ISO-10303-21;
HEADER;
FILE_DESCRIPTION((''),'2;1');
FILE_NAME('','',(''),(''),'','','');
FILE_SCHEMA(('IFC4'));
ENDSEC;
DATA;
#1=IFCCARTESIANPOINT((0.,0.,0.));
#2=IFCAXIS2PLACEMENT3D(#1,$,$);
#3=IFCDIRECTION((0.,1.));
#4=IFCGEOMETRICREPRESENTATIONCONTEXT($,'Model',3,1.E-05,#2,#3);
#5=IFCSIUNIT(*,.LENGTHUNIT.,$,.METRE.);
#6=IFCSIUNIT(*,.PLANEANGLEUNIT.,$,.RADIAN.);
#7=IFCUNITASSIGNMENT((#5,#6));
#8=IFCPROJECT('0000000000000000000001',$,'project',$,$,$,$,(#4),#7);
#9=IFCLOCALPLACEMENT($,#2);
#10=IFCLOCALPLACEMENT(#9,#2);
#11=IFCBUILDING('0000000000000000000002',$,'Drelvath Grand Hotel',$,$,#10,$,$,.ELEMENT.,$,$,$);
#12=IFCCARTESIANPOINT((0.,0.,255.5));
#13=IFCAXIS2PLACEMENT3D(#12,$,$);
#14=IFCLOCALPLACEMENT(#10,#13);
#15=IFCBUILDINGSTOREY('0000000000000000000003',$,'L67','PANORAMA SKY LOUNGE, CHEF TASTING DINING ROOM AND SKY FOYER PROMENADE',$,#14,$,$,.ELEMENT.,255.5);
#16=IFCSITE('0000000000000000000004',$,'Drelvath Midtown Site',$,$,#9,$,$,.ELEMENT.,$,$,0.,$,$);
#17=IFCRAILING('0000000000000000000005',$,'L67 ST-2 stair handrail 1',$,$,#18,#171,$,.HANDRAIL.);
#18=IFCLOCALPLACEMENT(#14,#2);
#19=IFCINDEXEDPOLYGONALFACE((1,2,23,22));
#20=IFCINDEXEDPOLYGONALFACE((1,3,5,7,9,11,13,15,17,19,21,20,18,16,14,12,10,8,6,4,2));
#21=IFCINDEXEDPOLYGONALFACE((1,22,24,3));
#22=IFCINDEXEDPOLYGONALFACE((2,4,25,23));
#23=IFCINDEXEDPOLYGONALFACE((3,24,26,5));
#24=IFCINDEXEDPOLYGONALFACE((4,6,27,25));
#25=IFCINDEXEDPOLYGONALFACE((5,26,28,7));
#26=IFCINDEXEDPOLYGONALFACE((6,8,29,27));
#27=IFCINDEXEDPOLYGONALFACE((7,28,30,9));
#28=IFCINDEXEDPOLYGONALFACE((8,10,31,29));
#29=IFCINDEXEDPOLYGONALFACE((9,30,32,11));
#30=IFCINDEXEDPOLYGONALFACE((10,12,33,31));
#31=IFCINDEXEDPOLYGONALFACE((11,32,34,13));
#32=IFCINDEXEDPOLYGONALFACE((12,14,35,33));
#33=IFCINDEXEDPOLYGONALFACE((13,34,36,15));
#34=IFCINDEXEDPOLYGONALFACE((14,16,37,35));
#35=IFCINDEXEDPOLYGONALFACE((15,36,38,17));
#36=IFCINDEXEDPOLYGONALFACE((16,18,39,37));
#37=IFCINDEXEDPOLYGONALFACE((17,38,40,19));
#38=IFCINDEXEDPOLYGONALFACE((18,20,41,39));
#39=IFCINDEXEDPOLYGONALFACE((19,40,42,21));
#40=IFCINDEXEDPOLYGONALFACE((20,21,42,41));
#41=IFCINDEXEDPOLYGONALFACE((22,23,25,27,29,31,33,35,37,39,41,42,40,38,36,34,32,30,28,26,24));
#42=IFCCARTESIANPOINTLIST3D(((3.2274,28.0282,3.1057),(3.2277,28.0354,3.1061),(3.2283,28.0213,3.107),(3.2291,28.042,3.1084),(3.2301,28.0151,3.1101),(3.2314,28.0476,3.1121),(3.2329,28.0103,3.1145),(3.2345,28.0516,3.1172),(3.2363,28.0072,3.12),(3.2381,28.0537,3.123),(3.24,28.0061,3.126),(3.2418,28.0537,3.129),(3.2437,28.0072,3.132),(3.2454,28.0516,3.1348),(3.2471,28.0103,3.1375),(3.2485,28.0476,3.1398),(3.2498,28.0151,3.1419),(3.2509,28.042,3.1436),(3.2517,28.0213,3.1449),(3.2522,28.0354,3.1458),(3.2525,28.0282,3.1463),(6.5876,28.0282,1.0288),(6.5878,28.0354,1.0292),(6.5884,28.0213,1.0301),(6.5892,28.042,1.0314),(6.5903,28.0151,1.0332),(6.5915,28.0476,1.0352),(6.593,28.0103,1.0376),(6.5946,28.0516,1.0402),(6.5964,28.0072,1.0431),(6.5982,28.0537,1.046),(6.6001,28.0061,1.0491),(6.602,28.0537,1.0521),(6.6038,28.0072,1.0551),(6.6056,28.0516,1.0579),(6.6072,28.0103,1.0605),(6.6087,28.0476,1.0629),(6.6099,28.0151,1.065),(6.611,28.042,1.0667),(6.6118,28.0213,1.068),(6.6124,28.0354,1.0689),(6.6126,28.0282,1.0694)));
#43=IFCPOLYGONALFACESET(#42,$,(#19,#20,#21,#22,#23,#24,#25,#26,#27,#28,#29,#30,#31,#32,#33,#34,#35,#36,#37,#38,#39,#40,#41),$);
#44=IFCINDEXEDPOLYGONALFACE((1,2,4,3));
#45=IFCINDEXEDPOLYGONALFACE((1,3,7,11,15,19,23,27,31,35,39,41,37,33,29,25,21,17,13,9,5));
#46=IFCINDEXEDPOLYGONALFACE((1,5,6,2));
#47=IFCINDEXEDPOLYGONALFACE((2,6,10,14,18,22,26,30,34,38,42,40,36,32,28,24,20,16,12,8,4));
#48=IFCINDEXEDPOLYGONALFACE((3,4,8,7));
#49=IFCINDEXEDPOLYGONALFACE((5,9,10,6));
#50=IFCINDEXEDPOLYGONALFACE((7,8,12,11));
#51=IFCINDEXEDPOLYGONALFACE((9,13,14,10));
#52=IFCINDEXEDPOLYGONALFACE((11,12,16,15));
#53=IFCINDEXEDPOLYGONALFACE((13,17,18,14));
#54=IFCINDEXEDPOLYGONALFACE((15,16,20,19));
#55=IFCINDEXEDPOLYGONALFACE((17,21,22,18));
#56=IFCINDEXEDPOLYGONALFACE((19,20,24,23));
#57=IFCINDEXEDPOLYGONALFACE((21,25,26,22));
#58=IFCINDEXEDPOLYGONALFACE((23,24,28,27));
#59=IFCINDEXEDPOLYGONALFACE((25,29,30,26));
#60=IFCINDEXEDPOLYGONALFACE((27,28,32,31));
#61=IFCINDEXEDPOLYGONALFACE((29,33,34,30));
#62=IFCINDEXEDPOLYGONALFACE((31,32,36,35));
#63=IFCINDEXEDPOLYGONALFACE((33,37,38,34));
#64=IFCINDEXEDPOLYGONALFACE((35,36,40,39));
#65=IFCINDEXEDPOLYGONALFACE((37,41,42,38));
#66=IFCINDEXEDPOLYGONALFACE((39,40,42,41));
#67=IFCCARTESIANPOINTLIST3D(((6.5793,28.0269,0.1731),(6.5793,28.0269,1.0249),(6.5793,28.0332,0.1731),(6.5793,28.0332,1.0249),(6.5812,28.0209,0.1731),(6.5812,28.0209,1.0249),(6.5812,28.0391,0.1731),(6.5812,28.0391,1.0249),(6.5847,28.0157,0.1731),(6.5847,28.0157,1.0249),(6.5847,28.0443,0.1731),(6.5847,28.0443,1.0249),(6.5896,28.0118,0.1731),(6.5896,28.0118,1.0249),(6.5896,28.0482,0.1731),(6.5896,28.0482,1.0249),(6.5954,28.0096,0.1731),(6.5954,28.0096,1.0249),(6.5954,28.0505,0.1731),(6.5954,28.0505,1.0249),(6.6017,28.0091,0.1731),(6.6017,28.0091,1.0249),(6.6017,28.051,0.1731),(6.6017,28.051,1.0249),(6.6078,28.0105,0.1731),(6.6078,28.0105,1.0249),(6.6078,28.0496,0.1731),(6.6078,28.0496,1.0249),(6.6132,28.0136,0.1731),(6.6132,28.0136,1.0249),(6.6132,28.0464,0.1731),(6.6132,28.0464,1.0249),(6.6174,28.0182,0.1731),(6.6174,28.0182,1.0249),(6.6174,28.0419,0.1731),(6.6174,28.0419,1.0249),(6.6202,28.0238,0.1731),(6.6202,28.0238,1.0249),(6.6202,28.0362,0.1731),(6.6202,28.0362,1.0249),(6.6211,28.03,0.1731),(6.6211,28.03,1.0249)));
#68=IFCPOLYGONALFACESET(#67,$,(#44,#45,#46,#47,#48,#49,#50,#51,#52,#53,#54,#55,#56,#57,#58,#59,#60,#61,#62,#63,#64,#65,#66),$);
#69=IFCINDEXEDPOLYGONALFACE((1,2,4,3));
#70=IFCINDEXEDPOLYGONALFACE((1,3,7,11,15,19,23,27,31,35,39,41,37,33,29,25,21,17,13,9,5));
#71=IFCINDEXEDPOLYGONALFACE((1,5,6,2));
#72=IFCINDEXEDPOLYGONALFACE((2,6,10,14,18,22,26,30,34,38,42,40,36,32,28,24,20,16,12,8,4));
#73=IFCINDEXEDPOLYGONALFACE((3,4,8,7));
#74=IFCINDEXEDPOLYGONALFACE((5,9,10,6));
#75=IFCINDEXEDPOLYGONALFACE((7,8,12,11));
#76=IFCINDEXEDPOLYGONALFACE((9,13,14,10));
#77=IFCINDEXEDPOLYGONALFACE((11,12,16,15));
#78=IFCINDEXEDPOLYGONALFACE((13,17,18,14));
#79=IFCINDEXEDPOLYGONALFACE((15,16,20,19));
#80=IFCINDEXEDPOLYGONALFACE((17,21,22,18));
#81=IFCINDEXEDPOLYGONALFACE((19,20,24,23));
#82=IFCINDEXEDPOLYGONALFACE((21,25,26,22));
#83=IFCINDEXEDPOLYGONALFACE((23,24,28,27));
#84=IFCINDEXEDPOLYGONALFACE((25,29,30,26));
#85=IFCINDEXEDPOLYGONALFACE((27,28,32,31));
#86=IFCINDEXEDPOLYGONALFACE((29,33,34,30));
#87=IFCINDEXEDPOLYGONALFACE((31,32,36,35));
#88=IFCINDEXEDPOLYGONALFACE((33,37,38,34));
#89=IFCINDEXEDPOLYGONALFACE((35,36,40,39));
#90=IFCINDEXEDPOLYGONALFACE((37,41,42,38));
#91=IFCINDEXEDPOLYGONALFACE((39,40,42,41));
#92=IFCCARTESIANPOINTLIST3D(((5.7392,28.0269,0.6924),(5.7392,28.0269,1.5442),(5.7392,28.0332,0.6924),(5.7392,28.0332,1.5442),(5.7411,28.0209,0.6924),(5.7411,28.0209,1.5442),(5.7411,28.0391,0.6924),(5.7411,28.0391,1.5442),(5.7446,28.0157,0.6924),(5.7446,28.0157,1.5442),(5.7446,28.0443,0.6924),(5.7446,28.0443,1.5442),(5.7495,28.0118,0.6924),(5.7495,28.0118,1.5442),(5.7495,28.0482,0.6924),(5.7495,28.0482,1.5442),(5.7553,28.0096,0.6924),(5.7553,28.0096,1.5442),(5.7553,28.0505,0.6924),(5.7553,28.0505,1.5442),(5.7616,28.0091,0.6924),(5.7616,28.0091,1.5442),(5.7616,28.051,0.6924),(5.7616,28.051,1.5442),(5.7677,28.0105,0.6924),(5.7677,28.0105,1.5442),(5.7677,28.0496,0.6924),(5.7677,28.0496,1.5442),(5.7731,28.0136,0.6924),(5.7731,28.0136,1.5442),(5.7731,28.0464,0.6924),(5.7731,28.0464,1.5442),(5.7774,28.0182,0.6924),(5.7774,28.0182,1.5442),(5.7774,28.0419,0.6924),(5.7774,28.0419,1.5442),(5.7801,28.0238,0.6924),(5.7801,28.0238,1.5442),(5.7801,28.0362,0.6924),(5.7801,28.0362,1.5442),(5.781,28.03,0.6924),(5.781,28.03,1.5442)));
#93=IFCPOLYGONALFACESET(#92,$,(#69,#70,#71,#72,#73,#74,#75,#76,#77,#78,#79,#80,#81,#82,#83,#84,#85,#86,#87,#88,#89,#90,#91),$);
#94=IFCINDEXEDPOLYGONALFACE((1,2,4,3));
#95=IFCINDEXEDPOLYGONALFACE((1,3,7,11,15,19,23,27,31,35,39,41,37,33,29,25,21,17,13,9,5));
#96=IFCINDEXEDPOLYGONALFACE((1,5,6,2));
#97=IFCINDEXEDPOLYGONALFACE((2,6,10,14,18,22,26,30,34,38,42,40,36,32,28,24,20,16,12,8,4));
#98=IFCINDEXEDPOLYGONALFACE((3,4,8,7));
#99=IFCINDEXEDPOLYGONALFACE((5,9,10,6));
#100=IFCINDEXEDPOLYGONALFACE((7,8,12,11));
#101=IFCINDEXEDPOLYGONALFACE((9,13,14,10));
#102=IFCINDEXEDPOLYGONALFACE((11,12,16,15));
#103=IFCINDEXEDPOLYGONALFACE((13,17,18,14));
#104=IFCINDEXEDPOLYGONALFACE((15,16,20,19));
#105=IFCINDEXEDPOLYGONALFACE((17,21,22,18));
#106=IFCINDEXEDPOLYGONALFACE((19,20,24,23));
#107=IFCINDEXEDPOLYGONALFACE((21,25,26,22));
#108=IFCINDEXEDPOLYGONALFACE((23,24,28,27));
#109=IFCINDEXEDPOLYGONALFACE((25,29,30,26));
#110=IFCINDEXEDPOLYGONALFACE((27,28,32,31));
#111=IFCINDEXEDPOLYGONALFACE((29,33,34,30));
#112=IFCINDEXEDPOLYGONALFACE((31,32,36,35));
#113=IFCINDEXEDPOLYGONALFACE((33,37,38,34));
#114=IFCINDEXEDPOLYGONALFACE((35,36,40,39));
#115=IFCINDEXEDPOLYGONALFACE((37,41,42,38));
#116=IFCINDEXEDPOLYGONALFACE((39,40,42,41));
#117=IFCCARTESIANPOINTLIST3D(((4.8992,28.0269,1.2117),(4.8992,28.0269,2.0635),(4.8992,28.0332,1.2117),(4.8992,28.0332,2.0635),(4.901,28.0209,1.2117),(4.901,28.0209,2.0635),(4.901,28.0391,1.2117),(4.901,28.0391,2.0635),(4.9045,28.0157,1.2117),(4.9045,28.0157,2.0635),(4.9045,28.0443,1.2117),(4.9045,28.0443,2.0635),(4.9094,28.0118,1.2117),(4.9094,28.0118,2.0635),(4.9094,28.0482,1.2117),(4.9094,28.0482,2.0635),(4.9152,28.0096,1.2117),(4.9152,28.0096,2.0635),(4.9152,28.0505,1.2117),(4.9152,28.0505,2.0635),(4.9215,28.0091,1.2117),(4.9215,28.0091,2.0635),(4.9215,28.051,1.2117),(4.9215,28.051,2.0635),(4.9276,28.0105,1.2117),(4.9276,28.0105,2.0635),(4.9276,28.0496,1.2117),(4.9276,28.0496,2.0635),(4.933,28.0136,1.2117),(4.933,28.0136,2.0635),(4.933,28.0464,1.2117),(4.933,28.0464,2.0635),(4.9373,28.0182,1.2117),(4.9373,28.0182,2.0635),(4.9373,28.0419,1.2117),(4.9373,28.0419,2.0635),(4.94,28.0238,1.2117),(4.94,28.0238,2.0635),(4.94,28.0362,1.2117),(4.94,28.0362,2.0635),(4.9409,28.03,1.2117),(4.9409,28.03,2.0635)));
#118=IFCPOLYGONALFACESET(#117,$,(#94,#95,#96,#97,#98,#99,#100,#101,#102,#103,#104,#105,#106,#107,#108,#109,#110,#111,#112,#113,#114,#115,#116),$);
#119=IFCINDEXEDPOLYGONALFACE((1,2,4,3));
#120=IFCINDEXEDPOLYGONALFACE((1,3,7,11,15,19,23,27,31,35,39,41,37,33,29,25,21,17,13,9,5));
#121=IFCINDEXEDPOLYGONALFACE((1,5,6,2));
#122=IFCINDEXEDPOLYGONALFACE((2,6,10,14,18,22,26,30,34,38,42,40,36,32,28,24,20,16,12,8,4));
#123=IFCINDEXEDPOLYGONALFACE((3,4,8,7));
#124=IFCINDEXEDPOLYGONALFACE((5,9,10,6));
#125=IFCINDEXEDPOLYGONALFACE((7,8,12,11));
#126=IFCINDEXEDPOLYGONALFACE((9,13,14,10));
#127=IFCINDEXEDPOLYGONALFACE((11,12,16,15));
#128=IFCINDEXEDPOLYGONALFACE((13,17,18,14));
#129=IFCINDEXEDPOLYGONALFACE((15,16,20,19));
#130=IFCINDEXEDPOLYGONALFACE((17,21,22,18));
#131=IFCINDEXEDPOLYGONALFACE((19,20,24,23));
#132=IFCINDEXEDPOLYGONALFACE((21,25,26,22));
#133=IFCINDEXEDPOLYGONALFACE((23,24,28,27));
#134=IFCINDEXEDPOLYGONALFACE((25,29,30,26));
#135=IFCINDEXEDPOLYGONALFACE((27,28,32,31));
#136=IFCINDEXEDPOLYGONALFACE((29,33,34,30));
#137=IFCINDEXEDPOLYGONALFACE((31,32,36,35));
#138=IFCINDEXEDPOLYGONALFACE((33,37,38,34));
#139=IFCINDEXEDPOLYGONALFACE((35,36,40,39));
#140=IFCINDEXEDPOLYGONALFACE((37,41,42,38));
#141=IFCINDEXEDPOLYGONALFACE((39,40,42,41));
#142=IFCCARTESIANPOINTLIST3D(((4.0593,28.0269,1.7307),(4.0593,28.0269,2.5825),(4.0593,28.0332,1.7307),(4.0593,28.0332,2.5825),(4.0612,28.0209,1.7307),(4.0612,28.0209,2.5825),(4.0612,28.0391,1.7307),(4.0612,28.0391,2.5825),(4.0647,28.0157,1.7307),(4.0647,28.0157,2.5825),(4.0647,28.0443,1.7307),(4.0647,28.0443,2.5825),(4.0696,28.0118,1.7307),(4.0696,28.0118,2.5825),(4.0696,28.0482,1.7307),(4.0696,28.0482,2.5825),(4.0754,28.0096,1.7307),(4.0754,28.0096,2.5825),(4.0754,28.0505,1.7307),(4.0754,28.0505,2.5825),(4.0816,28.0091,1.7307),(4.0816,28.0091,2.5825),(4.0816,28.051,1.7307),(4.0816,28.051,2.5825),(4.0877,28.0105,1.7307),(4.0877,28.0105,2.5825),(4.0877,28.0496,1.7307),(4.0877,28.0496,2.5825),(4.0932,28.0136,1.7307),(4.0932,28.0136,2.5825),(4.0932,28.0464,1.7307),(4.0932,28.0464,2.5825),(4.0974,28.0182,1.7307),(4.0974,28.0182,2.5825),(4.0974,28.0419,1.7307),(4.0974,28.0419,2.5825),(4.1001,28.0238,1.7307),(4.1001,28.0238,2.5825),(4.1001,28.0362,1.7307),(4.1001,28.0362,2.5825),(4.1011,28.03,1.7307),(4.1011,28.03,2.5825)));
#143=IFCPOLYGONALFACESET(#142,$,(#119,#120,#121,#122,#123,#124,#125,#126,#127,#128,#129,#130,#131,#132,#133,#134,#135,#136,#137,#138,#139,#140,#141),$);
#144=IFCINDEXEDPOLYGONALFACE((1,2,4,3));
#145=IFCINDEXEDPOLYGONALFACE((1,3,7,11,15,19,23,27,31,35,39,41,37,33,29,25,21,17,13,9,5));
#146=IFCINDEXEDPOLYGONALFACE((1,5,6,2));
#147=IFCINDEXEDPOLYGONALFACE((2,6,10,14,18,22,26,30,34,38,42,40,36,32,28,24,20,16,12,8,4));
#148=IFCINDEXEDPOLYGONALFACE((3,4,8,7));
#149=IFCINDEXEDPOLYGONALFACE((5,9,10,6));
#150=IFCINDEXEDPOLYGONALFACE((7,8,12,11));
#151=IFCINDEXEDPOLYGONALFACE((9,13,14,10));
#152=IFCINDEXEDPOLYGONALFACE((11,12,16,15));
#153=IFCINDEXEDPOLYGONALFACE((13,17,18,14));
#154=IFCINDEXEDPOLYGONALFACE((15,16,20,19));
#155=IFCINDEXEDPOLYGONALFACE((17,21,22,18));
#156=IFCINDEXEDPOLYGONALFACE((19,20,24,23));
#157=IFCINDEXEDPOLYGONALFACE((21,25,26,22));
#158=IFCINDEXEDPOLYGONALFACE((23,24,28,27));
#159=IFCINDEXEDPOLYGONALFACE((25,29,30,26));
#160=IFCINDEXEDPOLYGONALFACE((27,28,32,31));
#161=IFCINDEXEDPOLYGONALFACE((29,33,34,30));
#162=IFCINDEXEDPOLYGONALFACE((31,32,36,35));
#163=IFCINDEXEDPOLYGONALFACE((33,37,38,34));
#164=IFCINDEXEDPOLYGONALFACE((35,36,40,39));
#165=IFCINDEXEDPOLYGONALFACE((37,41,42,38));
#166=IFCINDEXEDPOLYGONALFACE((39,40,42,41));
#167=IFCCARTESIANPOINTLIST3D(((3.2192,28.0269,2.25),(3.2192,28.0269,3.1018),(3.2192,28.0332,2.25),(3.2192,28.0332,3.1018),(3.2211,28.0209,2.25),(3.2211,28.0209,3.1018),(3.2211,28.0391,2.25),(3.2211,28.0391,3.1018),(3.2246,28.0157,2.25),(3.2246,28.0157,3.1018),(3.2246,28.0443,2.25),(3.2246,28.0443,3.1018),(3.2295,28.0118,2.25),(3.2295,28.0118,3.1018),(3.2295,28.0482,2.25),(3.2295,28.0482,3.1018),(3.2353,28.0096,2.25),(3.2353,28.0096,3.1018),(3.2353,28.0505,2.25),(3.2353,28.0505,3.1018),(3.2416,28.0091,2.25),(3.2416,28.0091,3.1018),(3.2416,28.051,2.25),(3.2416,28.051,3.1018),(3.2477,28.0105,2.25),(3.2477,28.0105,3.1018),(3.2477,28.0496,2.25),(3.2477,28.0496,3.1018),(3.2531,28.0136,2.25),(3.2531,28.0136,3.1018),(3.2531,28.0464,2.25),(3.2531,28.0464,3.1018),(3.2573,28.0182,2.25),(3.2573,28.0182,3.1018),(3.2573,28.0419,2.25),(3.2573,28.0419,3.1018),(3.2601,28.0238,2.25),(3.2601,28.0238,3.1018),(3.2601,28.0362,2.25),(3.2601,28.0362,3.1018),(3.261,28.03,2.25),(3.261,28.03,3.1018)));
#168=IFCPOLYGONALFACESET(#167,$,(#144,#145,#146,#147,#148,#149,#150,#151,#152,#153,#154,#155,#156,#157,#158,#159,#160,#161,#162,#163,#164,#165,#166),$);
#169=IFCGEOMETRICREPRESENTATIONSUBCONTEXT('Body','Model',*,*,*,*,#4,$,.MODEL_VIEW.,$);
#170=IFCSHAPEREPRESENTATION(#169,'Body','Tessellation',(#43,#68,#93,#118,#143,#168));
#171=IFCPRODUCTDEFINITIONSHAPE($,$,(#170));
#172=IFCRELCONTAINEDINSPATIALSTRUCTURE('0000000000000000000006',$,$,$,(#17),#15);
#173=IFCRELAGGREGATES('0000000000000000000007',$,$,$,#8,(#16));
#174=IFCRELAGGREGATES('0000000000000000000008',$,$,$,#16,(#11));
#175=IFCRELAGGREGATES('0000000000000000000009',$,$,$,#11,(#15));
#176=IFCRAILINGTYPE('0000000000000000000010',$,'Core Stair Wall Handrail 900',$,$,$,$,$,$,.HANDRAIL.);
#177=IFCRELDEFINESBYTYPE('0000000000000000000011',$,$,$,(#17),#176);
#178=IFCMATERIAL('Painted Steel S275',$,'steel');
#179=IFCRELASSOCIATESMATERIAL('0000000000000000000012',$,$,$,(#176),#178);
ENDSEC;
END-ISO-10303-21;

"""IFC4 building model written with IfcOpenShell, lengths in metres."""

from ifc_helpers import new_model, si_unit, direction, frame, origin, origin_2d, place, context, subcontext, project, spatial, circle, extrude, material, type_object, element, save


model = new_model("IFC4")

# Units and contexts
model_context = context("Model", 3, precision=1e-05, world=origin(), true_north=direction((0.0, 1.0)))
body_context = subcontext(model_context, "Body", "Model", "MODEL_VIEW")
ifc_project = project(units=[si_unit("LENGTHUNIT", "METRE"), si_unit("PLANEANGLEUNIT", "RADIAN")], contexts=[model_context])

# Site, building, storey
site_placement = place(None, origin())
site = spatial("IfcSite", under=ifc_project, at=site_placement, Name="Drelvath Midtown Site", CompositionType="ELEMENT", RefElevation=0.0)
building_placement = place(site_placement, origin())
building = spatial("IfcBuilding", under=site, at=building_placement, Name="Drelvath Grand Hotel", CompositionType="ELEMENT")
storey_placement = place(building_placement, frame((0.0, 0.0, 255.5)))
storey = spatial("IfcBuildingStorey", under=building, at=storey_placement, Name="L67", Description="PANORAMA SKY LOUNGE, CHEF TASTING DINING ROOM AND SKY FOYER PROMENADE", CompositionType="ELEMENT", Elevation=255.5)

# Shared definitions
ifc_material_1 = material(Name="Painted Steel S275", Category="steel")

# Railing
railing_type = type_object("IfcRailingType", Name="Core Stair Wall Handrail 900", PredefinedType="HANDRAIL", material=ifc_material_1)
railing_placement = place(storey_placement, frame((6.6001, 28.03, 0.1731)))
element("IfcRailing", 1, at=railing_placement, inside=storey, type_object=railing_type, Name="L67 ST-2 stair handrail 1", PredefinedType="HANDRAIL", context=body_context, shape_type="SweptSolid", body=[
    extrude(circle(Radius=0.0239, at=origin_2d()), frame((0.0, 0.0, 0.876), z_axis=(-0.850623, 0.0, 0.525776), x_axis=(0.0, -1.0, 0.0)), (0.0, 0.0, 1.0), 3.9502),
    extrude(circle(Radius=0.021, at=origin_2d()), origin(), (0.0, 0.0, 1.0), 0.8518),
    extrude(circle(Radius=0.021, at=origin_2d()), frame((-0.8401, 0.0, 0.5193)), (0.0, 0.0, 1.0), 0.8518),
    extrude(circle(Radius=0.021, at=origin_2d()), frame((-1.6802, 0.0, 1.0386)), (0.0, 0.0, 1.0), 0.8518),
    extrude(circle(Radius=0.021, at=origin_2d()), frame((-2.52, 0.0, 1.5576)), (0.0, 0.0, 1.0), 0.8518),
    extrude(circle(Radius=0.021, at=origin_2d()), frame((-3.3601, 0.0, 2.0769)), (0.0, 0.0, 1.0), 0.8518),
])

save(model, "model.ifc")
